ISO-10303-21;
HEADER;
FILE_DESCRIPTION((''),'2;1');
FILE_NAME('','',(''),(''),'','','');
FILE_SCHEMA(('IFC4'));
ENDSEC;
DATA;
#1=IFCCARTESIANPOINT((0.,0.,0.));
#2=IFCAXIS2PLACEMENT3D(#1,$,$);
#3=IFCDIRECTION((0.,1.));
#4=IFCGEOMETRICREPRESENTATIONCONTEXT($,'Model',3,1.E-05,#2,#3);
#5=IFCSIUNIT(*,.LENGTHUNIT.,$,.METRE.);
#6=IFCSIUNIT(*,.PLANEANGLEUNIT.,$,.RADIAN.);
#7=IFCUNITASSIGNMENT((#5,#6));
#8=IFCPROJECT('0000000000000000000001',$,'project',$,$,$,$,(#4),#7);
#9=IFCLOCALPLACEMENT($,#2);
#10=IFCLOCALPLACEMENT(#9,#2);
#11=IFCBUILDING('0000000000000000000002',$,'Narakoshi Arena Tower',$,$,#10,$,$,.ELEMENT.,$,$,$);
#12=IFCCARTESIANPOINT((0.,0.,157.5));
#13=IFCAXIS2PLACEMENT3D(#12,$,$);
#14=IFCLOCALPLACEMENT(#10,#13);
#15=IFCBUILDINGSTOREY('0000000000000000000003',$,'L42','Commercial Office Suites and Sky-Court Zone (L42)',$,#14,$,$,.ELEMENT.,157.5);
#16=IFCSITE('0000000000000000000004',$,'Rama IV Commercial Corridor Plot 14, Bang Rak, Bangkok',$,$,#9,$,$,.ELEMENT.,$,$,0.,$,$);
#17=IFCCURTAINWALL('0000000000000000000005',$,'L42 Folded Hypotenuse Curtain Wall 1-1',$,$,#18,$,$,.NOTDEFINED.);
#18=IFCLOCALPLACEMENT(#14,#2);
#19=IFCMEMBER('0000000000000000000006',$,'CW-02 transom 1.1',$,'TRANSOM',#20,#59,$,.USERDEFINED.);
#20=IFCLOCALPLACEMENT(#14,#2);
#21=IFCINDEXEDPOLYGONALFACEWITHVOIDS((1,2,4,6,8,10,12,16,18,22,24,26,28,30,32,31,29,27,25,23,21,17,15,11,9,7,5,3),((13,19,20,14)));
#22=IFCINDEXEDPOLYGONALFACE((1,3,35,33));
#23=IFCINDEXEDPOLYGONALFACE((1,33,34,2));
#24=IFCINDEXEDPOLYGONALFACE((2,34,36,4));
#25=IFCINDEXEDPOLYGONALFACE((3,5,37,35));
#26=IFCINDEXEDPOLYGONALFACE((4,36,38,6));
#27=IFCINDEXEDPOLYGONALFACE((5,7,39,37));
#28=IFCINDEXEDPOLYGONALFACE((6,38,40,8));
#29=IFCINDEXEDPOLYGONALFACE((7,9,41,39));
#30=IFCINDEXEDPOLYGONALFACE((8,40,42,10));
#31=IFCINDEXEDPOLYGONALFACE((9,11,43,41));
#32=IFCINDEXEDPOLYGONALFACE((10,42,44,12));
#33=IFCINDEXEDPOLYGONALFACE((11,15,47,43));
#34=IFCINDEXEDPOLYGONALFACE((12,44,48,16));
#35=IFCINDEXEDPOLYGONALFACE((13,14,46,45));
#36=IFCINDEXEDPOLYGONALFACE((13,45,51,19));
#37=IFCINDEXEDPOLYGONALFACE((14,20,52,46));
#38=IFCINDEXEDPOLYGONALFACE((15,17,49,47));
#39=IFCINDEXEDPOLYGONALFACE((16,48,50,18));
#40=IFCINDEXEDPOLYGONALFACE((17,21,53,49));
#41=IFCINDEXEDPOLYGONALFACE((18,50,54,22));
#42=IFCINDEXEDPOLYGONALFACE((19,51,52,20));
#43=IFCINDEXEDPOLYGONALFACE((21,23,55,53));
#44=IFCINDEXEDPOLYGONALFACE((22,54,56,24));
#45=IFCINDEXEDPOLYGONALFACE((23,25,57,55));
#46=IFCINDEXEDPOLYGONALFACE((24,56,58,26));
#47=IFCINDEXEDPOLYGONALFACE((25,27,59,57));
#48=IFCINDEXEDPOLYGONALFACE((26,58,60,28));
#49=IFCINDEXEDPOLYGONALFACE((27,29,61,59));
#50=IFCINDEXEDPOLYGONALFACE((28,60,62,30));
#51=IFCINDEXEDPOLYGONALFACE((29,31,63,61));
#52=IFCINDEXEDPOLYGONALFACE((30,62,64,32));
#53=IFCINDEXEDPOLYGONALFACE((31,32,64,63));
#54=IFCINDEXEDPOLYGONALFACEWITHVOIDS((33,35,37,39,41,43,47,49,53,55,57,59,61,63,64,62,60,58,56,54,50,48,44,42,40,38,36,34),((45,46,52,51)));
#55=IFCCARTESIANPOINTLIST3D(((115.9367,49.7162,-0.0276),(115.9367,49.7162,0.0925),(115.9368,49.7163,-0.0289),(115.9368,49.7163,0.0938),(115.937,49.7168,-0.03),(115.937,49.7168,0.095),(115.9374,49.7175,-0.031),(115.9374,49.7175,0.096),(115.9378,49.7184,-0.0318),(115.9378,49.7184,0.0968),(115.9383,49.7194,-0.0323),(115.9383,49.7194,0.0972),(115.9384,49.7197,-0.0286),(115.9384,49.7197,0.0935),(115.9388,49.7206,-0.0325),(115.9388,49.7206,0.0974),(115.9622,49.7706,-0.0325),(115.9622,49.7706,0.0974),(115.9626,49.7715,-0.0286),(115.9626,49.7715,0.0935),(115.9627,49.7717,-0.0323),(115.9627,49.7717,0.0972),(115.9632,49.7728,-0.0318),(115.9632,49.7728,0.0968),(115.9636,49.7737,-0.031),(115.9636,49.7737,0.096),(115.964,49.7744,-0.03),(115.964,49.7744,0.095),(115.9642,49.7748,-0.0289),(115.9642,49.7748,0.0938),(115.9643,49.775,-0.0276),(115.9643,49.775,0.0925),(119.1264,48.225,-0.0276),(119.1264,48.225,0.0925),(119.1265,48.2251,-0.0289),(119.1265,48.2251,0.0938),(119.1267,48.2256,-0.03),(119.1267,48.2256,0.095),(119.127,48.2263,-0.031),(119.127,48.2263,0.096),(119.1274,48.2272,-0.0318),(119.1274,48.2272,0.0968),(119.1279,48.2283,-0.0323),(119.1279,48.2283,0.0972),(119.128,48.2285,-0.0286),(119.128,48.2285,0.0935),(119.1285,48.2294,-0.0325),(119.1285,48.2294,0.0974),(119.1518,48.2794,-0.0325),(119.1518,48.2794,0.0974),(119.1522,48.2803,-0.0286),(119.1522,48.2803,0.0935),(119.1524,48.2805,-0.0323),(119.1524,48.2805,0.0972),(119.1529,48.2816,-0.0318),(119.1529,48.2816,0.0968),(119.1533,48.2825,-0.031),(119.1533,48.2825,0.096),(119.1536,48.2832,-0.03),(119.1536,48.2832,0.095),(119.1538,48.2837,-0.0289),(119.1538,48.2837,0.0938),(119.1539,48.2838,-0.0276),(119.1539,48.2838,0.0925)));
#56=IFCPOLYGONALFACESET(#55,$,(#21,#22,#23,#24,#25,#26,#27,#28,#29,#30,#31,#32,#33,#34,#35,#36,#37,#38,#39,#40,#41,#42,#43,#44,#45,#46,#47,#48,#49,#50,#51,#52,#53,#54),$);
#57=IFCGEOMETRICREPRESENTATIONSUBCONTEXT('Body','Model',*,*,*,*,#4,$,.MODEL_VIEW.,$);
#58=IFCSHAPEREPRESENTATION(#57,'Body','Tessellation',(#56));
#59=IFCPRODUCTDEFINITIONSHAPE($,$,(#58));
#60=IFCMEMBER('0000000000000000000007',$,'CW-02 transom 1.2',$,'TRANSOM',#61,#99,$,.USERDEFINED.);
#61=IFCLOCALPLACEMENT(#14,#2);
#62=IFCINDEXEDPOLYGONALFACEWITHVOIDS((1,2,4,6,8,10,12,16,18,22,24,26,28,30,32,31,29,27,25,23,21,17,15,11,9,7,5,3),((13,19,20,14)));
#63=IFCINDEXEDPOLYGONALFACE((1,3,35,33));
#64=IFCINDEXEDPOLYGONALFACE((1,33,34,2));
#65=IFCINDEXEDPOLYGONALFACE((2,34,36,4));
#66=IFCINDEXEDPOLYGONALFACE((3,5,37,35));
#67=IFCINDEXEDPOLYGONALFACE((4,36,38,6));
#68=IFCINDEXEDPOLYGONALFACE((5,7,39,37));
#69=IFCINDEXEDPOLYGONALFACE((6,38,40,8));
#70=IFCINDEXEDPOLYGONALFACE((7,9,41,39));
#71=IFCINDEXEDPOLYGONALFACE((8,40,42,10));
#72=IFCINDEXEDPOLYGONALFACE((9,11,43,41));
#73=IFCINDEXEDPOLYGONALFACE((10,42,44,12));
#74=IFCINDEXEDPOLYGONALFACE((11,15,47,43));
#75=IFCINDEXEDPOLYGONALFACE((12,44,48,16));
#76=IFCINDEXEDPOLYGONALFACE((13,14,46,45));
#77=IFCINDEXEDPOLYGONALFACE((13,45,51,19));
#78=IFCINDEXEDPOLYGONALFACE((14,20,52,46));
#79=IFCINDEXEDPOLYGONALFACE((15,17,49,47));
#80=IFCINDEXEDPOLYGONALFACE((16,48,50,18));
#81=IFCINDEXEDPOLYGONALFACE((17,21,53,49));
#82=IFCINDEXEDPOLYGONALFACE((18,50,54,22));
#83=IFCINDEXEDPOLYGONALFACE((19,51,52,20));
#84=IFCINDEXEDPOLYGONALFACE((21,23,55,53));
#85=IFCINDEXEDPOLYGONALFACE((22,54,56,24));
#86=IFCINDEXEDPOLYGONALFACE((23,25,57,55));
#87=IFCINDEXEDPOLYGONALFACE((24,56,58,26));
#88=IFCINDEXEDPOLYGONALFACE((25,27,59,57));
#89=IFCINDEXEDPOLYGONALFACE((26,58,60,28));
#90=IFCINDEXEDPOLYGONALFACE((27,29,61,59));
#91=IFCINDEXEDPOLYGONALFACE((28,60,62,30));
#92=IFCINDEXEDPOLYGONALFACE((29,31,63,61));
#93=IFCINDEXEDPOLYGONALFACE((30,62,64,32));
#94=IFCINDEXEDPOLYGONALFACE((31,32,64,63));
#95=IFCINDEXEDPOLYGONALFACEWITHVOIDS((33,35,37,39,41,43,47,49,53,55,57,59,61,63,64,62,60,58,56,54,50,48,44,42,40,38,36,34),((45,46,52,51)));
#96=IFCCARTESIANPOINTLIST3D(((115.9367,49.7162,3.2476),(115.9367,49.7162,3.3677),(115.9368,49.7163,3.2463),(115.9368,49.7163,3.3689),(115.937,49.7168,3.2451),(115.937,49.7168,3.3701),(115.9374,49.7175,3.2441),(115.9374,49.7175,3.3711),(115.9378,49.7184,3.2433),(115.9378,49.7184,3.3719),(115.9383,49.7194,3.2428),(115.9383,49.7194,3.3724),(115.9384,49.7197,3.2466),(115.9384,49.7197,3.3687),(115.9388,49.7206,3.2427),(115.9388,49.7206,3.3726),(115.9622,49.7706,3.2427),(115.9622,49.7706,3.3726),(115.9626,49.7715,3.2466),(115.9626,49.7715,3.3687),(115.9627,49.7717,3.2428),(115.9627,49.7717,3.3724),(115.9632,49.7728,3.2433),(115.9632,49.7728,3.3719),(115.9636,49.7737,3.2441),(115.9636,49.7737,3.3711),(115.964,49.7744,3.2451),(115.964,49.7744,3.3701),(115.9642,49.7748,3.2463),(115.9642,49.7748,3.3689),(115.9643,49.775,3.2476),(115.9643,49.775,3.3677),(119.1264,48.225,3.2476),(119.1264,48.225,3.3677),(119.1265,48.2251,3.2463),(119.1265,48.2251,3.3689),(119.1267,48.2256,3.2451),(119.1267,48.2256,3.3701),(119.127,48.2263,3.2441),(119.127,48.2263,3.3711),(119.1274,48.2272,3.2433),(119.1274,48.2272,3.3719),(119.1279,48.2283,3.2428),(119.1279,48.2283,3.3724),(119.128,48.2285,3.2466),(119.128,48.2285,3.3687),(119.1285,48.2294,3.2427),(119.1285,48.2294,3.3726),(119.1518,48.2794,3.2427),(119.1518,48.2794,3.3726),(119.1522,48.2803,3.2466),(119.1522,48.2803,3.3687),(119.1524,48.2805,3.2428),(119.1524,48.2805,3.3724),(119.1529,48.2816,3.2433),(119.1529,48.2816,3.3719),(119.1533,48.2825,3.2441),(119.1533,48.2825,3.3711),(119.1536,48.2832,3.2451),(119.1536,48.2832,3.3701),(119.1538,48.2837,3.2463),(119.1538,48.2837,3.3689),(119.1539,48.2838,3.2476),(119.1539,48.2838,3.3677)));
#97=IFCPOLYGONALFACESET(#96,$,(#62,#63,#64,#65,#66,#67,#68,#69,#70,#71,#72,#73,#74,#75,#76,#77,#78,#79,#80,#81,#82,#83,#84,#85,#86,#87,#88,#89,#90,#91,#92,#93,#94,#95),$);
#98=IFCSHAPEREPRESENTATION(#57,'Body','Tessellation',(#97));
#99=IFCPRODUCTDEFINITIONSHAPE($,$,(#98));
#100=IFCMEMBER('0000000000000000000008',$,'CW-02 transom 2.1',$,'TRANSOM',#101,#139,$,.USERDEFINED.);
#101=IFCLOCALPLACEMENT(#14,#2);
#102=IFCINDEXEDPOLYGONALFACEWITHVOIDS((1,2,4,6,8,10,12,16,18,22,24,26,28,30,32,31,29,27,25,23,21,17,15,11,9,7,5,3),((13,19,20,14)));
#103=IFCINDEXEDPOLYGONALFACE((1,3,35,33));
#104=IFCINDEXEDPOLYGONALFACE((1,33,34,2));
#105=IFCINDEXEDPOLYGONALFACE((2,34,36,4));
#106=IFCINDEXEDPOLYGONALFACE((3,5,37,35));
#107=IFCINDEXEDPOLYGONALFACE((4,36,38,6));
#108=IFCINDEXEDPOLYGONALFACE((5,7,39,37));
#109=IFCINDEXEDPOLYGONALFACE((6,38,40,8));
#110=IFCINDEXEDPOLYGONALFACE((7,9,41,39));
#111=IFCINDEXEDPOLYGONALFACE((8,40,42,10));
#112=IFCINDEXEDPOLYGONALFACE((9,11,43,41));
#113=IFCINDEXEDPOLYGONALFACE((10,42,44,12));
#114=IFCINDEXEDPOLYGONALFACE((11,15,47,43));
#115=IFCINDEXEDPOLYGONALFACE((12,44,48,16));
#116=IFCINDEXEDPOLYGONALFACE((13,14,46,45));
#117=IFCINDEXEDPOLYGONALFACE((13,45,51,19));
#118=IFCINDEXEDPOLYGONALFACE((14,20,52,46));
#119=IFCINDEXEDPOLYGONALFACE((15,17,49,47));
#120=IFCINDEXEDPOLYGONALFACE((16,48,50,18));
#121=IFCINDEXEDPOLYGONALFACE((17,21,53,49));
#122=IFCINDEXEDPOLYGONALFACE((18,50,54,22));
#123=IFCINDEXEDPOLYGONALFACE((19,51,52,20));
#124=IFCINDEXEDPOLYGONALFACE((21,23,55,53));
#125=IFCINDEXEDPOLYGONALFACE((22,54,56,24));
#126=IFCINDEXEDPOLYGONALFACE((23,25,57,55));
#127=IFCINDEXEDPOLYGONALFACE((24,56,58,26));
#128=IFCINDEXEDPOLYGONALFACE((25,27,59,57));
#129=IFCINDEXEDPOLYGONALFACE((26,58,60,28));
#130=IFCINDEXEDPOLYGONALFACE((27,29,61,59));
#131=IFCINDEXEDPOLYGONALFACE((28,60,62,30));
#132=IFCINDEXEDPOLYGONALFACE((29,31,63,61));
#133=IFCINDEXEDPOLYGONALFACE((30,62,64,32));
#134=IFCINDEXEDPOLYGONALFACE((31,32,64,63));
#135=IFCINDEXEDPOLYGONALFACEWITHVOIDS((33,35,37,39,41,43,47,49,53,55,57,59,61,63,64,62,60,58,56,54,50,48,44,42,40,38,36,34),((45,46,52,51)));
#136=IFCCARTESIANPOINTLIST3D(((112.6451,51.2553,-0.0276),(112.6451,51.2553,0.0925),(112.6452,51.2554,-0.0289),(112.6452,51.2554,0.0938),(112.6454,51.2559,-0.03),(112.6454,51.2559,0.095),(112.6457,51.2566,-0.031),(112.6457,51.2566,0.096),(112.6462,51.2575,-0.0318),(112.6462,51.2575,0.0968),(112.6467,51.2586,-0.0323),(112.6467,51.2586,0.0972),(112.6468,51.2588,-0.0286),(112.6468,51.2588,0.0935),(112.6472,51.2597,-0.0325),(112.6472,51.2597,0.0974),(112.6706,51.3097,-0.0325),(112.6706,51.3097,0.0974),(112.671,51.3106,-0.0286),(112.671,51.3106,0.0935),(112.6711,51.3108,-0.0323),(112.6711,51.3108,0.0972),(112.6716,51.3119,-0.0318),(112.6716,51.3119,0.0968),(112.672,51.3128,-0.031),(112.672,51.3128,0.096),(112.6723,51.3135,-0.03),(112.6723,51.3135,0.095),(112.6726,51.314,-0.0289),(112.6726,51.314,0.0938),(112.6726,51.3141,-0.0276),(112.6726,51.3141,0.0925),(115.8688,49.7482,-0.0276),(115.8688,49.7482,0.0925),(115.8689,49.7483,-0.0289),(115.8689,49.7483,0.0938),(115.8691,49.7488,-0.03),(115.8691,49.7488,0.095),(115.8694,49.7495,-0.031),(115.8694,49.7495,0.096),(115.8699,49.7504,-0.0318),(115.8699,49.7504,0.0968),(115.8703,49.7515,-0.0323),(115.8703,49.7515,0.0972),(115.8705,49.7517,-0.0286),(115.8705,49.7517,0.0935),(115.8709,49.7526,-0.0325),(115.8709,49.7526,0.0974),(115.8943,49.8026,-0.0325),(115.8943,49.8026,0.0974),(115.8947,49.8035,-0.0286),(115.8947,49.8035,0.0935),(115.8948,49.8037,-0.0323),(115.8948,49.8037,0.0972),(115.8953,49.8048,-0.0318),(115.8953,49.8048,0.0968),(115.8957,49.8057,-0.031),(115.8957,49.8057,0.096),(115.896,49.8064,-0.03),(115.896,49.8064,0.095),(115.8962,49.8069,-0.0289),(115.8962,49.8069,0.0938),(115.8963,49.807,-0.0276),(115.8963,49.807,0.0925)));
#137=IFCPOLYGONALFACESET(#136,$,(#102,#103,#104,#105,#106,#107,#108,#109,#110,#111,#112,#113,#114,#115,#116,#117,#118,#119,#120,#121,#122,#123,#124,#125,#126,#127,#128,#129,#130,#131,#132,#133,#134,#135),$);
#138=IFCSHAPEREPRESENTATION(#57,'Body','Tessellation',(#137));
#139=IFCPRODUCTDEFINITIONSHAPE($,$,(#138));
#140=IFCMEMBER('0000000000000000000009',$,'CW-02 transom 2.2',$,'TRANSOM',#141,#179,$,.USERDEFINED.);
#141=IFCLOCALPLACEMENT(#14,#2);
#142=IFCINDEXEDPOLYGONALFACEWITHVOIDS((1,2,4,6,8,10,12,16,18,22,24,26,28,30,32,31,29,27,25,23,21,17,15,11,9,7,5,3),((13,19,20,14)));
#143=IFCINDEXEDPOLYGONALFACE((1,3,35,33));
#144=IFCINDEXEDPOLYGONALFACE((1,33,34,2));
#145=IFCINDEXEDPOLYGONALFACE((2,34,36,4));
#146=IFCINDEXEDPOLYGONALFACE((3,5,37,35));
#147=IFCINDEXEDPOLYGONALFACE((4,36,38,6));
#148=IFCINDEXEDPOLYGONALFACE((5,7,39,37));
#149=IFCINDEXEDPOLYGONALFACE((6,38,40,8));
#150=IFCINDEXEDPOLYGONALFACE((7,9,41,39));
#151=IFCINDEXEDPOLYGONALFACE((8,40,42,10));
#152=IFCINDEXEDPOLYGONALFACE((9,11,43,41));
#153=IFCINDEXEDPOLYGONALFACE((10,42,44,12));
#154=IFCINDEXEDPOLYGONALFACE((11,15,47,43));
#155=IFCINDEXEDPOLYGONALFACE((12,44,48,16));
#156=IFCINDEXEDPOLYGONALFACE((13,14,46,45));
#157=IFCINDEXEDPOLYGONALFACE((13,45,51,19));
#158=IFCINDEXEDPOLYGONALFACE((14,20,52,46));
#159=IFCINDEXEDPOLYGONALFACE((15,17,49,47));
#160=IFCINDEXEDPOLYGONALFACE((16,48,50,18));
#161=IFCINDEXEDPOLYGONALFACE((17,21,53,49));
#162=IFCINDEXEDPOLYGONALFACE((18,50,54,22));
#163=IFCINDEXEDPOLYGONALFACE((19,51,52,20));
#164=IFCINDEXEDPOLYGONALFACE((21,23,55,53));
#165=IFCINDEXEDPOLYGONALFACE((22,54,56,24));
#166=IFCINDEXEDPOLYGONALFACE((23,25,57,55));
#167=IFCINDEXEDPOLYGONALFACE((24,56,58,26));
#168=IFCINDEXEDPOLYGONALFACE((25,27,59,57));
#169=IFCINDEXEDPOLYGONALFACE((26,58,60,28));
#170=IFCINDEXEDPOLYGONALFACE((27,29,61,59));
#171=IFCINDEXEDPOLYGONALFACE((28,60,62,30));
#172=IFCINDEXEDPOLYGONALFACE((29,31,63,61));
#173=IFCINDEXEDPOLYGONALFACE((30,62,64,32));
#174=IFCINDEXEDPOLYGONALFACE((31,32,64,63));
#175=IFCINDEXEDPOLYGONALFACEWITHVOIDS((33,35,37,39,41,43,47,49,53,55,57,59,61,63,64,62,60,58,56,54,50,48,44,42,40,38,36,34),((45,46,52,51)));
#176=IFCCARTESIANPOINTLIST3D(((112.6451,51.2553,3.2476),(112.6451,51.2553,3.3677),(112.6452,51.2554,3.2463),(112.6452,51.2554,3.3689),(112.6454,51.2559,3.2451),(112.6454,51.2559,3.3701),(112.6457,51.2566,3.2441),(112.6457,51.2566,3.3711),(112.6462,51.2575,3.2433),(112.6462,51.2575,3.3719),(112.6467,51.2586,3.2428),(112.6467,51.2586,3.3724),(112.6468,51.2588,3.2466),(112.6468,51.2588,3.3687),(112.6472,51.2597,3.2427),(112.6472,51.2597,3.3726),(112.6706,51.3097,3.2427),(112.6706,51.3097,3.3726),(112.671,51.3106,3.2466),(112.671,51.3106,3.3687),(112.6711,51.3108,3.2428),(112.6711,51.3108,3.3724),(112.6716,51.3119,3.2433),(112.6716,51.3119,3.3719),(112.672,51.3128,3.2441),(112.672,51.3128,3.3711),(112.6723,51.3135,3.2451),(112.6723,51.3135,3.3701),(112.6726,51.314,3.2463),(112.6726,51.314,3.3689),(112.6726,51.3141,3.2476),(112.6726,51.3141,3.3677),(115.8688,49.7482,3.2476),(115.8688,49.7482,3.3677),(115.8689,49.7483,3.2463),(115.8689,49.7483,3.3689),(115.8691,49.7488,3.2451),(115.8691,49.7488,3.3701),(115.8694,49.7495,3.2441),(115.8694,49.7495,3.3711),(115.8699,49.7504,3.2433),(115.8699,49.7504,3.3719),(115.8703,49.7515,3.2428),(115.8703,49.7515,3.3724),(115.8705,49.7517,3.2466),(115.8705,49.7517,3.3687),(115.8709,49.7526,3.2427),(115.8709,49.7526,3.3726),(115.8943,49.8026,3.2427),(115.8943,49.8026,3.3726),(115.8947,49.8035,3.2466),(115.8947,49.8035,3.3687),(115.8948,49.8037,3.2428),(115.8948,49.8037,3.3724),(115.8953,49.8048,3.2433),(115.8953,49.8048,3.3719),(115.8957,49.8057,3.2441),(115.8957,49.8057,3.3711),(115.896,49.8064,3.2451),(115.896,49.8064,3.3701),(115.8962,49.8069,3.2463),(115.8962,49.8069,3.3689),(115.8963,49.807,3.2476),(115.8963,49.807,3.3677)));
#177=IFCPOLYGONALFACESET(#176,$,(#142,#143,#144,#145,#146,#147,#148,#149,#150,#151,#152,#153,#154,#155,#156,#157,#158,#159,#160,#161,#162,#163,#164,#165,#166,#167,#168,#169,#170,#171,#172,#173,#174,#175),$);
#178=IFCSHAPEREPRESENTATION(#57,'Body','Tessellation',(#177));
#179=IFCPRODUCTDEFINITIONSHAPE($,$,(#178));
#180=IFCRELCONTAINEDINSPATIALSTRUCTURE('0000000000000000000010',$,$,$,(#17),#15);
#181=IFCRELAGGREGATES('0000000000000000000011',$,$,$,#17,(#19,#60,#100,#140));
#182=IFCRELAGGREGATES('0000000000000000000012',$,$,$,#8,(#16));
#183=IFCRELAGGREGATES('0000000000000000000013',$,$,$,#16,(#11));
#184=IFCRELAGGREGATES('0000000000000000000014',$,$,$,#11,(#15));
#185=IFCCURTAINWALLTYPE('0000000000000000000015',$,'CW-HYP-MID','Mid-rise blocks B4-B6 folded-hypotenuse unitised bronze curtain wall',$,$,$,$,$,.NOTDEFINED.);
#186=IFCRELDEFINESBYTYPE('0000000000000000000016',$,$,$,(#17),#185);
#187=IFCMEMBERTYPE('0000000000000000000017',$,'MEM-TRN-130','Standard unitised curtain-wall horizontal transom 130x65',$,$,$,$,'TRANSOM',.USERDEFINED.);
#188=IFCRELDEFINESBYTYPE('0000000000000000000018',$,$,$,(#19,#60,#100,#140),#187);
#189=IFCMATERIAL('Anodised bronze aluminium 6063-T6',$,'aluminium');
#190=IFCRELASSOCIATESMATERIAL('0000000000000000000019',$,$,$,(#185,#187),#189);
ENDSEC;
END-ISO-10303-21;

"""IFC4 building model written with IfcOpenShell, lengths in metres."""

from ifc_helpers import new_model, si_unit, direction, frame, origin, origin_2d, place, context, subcontext, project, spatial, hollow_rectangle, extrude, material, material_profile, profile_set, type_object, element, aggregate, save


model = new_model("IFC4")

# Units and contexts
model_context = context("Model", 3, precision=1e-05, world=origin(), true_north=direction((0.0, 1.0)))
body_context = subcontext(model_context, "Body", "Model", "MODEL_VIEW")
ifc_project = project(units=[si_unit("LENGTHUNIT", "METRE"), si_unit("PLANEANGLEUNIT", "RADIAN")], contexts=[model_context])

# Site, building, storey
site_placement = place(None, origin())
site = spatial("IfcSite", under=ifc_project, at=site_placement, Name="Rama IV Commercial Corridor Plot 14, Bang Rak, Bangkok", CompositionType="ELEMENT", RefElevation=0.0)
building_placement = place(site_placement, origin())
building = spatial("IfcBuilding", under=site, at=building_placement, Name="Narakoshi Arena Tower", CompositionType="ELEMENT")
storey_placement = place(building_placement, frame((0.0, 0.0, 157.5)))
storey = spatial("IfcBuildingStorey", under=building, at=storey_placement, Name="L42", Description="Commercial Office Suites and Sky-Court Zone (L42)", CompositionType="ELEMENT", Elevation=157.5)

# Curtain wall, members
ifc_material_1 = material(Name="Anodised bronze aluminium 6063-T6", Category="aluminium")
curtain_wall_type = type_object("IfcCurtainWallType", Name="CW-HYP-MID", Description="Mid-rise blocks B4-B6 folded-hypotenuse unitised bronze curtain wall", PredefinedType="NOTDEFINED", material=ifc_material_1)
curtain_wall_placement = place(storey_placement, origin())
curtain_wall = element("IfcCurtainWall", 1, at=curtain_wall_placement, inside=storey, type_object=curtain_wall_type, Name="L42 Folded Hypotenuse Curtain Wall 1-1", PredefinedType="NOTDEFINED")
ifc_material_profile_1 = material_profile(ifc_material_1, hollow_rectangle(XDim=0.0649, YDim=0.1299, WallThickness=0.0039, OuterFilletRadius=0.0049, at=origin_2d()), Name="TRN130x65x4")
ifc_profile_set_1 = profile_set([ifc_material_profile_1], Name="Anodised bronze aluminium 6063-T6")
member_type_1 = type_object("IfcMemberType", Name="MEM-TRN-130", Description="Standard unitised curtain-wall horizontal transom 130x65", ElementType="TRANSOM", PredefinedType="USERDEFINED", material=ifc_profile_set_1)
member_1_placement = place(storey_placement, frame((119.1401, 48.2544, 0.0325), z_axis=(-0.905891, 0.423512, 0.0), x_axis=(-0.423512, -0.905891, 0.0)))
member_1 = element("IfcMember", 2, at=member_1_placement, type_object=member_type_1, Name="CW-02 transom 1.1", ObjectType="TRANSOM", PredefinedType="USERDEFINED", context=body_context, shape_type="SweptSolid", body=[
    extrude(hollow_rectangle(XDim=0.0649, YDim=0.1299, WallThickness=0.0039, OuterFilletRadius=0.0049, at=origin_2d()), origin(), (0.0, 0.0, 1.0), 3.521),
])
member_2_placement = place(storey_placement, frame((119.1401, 48.2544, 3.3076), z_axis=(-0.905891, 0.423512, 0.0), x_axis=(-0.423512, -0.905891, 0.0)))
member_2 = element("IfcMember", 3, at=member_2_placement, type_object=member_type_1, Name="CW-02 transom 1.2", ObjectType="TRANSOM", PredefinedType="USERDEFINED", context=body_context, shape_type="SweptSolid", body=[
    extrude(hollow_rectangle(XDim=0.0649, YDim=0.1299, WallThickness=0.0039, OuterFilletRadius=0.0049, at=origin_2d()), origin(), (0.0, 0.0, 1.0), 3.521),
])
member_3_placement = place(storey_placement, frame((115.8826, 49.7776, 0.0325), z_axis=(-0.90589, 0.423513, 0.0), x_axis=(-0.423513, -0.90589, 0.0)))
member_3 = element("IfcMember", 4, at=member_3_placement, type_object=member_type_1, Name="CW-02 transom 2.1", ObjectType="TRANSOM", PredefinedType="USERDEFINED", context=body_context, shape_type="SweptSolid", body=[
    extrude(hollow_rectangle(XDim=0.0649, YDim=0.1299, WallThickness=0.0039, OuterFilletRadius=0.0049, at=origin_2d()), origin(), (0.0, 0.0, 1.0), 3.5586),
])
member_4_placement = place(storey_placement, frame((115.8826, 49.7776, 3.3076), z_axis=(-0.90589, 0.423513, 0.0), x_axis=(-0.423513, -0.90589, 0.0)))
member_4 = element("IfcMember", 5, at=member_4_placement, type_object=member_type_1, Name="CW-02 transom 2.2", ObjectType="TRANSOM", PredefinedType="USERDEFINED", context=body_context, shape_type="SweptSolid", body=[
    extrude(hollow_rectangle(XDim=0.0649, YDim=0.1299, WallThickness=0.0039, OuterFilletRadius=0.0049, at=origin_2d()), origin(), (0.0, 0.0, 1.0), 3.5586),
])
aggregate(curtain_wall, [member_1, member_2, member_3, member_4])

save(model, "model.ifc")
